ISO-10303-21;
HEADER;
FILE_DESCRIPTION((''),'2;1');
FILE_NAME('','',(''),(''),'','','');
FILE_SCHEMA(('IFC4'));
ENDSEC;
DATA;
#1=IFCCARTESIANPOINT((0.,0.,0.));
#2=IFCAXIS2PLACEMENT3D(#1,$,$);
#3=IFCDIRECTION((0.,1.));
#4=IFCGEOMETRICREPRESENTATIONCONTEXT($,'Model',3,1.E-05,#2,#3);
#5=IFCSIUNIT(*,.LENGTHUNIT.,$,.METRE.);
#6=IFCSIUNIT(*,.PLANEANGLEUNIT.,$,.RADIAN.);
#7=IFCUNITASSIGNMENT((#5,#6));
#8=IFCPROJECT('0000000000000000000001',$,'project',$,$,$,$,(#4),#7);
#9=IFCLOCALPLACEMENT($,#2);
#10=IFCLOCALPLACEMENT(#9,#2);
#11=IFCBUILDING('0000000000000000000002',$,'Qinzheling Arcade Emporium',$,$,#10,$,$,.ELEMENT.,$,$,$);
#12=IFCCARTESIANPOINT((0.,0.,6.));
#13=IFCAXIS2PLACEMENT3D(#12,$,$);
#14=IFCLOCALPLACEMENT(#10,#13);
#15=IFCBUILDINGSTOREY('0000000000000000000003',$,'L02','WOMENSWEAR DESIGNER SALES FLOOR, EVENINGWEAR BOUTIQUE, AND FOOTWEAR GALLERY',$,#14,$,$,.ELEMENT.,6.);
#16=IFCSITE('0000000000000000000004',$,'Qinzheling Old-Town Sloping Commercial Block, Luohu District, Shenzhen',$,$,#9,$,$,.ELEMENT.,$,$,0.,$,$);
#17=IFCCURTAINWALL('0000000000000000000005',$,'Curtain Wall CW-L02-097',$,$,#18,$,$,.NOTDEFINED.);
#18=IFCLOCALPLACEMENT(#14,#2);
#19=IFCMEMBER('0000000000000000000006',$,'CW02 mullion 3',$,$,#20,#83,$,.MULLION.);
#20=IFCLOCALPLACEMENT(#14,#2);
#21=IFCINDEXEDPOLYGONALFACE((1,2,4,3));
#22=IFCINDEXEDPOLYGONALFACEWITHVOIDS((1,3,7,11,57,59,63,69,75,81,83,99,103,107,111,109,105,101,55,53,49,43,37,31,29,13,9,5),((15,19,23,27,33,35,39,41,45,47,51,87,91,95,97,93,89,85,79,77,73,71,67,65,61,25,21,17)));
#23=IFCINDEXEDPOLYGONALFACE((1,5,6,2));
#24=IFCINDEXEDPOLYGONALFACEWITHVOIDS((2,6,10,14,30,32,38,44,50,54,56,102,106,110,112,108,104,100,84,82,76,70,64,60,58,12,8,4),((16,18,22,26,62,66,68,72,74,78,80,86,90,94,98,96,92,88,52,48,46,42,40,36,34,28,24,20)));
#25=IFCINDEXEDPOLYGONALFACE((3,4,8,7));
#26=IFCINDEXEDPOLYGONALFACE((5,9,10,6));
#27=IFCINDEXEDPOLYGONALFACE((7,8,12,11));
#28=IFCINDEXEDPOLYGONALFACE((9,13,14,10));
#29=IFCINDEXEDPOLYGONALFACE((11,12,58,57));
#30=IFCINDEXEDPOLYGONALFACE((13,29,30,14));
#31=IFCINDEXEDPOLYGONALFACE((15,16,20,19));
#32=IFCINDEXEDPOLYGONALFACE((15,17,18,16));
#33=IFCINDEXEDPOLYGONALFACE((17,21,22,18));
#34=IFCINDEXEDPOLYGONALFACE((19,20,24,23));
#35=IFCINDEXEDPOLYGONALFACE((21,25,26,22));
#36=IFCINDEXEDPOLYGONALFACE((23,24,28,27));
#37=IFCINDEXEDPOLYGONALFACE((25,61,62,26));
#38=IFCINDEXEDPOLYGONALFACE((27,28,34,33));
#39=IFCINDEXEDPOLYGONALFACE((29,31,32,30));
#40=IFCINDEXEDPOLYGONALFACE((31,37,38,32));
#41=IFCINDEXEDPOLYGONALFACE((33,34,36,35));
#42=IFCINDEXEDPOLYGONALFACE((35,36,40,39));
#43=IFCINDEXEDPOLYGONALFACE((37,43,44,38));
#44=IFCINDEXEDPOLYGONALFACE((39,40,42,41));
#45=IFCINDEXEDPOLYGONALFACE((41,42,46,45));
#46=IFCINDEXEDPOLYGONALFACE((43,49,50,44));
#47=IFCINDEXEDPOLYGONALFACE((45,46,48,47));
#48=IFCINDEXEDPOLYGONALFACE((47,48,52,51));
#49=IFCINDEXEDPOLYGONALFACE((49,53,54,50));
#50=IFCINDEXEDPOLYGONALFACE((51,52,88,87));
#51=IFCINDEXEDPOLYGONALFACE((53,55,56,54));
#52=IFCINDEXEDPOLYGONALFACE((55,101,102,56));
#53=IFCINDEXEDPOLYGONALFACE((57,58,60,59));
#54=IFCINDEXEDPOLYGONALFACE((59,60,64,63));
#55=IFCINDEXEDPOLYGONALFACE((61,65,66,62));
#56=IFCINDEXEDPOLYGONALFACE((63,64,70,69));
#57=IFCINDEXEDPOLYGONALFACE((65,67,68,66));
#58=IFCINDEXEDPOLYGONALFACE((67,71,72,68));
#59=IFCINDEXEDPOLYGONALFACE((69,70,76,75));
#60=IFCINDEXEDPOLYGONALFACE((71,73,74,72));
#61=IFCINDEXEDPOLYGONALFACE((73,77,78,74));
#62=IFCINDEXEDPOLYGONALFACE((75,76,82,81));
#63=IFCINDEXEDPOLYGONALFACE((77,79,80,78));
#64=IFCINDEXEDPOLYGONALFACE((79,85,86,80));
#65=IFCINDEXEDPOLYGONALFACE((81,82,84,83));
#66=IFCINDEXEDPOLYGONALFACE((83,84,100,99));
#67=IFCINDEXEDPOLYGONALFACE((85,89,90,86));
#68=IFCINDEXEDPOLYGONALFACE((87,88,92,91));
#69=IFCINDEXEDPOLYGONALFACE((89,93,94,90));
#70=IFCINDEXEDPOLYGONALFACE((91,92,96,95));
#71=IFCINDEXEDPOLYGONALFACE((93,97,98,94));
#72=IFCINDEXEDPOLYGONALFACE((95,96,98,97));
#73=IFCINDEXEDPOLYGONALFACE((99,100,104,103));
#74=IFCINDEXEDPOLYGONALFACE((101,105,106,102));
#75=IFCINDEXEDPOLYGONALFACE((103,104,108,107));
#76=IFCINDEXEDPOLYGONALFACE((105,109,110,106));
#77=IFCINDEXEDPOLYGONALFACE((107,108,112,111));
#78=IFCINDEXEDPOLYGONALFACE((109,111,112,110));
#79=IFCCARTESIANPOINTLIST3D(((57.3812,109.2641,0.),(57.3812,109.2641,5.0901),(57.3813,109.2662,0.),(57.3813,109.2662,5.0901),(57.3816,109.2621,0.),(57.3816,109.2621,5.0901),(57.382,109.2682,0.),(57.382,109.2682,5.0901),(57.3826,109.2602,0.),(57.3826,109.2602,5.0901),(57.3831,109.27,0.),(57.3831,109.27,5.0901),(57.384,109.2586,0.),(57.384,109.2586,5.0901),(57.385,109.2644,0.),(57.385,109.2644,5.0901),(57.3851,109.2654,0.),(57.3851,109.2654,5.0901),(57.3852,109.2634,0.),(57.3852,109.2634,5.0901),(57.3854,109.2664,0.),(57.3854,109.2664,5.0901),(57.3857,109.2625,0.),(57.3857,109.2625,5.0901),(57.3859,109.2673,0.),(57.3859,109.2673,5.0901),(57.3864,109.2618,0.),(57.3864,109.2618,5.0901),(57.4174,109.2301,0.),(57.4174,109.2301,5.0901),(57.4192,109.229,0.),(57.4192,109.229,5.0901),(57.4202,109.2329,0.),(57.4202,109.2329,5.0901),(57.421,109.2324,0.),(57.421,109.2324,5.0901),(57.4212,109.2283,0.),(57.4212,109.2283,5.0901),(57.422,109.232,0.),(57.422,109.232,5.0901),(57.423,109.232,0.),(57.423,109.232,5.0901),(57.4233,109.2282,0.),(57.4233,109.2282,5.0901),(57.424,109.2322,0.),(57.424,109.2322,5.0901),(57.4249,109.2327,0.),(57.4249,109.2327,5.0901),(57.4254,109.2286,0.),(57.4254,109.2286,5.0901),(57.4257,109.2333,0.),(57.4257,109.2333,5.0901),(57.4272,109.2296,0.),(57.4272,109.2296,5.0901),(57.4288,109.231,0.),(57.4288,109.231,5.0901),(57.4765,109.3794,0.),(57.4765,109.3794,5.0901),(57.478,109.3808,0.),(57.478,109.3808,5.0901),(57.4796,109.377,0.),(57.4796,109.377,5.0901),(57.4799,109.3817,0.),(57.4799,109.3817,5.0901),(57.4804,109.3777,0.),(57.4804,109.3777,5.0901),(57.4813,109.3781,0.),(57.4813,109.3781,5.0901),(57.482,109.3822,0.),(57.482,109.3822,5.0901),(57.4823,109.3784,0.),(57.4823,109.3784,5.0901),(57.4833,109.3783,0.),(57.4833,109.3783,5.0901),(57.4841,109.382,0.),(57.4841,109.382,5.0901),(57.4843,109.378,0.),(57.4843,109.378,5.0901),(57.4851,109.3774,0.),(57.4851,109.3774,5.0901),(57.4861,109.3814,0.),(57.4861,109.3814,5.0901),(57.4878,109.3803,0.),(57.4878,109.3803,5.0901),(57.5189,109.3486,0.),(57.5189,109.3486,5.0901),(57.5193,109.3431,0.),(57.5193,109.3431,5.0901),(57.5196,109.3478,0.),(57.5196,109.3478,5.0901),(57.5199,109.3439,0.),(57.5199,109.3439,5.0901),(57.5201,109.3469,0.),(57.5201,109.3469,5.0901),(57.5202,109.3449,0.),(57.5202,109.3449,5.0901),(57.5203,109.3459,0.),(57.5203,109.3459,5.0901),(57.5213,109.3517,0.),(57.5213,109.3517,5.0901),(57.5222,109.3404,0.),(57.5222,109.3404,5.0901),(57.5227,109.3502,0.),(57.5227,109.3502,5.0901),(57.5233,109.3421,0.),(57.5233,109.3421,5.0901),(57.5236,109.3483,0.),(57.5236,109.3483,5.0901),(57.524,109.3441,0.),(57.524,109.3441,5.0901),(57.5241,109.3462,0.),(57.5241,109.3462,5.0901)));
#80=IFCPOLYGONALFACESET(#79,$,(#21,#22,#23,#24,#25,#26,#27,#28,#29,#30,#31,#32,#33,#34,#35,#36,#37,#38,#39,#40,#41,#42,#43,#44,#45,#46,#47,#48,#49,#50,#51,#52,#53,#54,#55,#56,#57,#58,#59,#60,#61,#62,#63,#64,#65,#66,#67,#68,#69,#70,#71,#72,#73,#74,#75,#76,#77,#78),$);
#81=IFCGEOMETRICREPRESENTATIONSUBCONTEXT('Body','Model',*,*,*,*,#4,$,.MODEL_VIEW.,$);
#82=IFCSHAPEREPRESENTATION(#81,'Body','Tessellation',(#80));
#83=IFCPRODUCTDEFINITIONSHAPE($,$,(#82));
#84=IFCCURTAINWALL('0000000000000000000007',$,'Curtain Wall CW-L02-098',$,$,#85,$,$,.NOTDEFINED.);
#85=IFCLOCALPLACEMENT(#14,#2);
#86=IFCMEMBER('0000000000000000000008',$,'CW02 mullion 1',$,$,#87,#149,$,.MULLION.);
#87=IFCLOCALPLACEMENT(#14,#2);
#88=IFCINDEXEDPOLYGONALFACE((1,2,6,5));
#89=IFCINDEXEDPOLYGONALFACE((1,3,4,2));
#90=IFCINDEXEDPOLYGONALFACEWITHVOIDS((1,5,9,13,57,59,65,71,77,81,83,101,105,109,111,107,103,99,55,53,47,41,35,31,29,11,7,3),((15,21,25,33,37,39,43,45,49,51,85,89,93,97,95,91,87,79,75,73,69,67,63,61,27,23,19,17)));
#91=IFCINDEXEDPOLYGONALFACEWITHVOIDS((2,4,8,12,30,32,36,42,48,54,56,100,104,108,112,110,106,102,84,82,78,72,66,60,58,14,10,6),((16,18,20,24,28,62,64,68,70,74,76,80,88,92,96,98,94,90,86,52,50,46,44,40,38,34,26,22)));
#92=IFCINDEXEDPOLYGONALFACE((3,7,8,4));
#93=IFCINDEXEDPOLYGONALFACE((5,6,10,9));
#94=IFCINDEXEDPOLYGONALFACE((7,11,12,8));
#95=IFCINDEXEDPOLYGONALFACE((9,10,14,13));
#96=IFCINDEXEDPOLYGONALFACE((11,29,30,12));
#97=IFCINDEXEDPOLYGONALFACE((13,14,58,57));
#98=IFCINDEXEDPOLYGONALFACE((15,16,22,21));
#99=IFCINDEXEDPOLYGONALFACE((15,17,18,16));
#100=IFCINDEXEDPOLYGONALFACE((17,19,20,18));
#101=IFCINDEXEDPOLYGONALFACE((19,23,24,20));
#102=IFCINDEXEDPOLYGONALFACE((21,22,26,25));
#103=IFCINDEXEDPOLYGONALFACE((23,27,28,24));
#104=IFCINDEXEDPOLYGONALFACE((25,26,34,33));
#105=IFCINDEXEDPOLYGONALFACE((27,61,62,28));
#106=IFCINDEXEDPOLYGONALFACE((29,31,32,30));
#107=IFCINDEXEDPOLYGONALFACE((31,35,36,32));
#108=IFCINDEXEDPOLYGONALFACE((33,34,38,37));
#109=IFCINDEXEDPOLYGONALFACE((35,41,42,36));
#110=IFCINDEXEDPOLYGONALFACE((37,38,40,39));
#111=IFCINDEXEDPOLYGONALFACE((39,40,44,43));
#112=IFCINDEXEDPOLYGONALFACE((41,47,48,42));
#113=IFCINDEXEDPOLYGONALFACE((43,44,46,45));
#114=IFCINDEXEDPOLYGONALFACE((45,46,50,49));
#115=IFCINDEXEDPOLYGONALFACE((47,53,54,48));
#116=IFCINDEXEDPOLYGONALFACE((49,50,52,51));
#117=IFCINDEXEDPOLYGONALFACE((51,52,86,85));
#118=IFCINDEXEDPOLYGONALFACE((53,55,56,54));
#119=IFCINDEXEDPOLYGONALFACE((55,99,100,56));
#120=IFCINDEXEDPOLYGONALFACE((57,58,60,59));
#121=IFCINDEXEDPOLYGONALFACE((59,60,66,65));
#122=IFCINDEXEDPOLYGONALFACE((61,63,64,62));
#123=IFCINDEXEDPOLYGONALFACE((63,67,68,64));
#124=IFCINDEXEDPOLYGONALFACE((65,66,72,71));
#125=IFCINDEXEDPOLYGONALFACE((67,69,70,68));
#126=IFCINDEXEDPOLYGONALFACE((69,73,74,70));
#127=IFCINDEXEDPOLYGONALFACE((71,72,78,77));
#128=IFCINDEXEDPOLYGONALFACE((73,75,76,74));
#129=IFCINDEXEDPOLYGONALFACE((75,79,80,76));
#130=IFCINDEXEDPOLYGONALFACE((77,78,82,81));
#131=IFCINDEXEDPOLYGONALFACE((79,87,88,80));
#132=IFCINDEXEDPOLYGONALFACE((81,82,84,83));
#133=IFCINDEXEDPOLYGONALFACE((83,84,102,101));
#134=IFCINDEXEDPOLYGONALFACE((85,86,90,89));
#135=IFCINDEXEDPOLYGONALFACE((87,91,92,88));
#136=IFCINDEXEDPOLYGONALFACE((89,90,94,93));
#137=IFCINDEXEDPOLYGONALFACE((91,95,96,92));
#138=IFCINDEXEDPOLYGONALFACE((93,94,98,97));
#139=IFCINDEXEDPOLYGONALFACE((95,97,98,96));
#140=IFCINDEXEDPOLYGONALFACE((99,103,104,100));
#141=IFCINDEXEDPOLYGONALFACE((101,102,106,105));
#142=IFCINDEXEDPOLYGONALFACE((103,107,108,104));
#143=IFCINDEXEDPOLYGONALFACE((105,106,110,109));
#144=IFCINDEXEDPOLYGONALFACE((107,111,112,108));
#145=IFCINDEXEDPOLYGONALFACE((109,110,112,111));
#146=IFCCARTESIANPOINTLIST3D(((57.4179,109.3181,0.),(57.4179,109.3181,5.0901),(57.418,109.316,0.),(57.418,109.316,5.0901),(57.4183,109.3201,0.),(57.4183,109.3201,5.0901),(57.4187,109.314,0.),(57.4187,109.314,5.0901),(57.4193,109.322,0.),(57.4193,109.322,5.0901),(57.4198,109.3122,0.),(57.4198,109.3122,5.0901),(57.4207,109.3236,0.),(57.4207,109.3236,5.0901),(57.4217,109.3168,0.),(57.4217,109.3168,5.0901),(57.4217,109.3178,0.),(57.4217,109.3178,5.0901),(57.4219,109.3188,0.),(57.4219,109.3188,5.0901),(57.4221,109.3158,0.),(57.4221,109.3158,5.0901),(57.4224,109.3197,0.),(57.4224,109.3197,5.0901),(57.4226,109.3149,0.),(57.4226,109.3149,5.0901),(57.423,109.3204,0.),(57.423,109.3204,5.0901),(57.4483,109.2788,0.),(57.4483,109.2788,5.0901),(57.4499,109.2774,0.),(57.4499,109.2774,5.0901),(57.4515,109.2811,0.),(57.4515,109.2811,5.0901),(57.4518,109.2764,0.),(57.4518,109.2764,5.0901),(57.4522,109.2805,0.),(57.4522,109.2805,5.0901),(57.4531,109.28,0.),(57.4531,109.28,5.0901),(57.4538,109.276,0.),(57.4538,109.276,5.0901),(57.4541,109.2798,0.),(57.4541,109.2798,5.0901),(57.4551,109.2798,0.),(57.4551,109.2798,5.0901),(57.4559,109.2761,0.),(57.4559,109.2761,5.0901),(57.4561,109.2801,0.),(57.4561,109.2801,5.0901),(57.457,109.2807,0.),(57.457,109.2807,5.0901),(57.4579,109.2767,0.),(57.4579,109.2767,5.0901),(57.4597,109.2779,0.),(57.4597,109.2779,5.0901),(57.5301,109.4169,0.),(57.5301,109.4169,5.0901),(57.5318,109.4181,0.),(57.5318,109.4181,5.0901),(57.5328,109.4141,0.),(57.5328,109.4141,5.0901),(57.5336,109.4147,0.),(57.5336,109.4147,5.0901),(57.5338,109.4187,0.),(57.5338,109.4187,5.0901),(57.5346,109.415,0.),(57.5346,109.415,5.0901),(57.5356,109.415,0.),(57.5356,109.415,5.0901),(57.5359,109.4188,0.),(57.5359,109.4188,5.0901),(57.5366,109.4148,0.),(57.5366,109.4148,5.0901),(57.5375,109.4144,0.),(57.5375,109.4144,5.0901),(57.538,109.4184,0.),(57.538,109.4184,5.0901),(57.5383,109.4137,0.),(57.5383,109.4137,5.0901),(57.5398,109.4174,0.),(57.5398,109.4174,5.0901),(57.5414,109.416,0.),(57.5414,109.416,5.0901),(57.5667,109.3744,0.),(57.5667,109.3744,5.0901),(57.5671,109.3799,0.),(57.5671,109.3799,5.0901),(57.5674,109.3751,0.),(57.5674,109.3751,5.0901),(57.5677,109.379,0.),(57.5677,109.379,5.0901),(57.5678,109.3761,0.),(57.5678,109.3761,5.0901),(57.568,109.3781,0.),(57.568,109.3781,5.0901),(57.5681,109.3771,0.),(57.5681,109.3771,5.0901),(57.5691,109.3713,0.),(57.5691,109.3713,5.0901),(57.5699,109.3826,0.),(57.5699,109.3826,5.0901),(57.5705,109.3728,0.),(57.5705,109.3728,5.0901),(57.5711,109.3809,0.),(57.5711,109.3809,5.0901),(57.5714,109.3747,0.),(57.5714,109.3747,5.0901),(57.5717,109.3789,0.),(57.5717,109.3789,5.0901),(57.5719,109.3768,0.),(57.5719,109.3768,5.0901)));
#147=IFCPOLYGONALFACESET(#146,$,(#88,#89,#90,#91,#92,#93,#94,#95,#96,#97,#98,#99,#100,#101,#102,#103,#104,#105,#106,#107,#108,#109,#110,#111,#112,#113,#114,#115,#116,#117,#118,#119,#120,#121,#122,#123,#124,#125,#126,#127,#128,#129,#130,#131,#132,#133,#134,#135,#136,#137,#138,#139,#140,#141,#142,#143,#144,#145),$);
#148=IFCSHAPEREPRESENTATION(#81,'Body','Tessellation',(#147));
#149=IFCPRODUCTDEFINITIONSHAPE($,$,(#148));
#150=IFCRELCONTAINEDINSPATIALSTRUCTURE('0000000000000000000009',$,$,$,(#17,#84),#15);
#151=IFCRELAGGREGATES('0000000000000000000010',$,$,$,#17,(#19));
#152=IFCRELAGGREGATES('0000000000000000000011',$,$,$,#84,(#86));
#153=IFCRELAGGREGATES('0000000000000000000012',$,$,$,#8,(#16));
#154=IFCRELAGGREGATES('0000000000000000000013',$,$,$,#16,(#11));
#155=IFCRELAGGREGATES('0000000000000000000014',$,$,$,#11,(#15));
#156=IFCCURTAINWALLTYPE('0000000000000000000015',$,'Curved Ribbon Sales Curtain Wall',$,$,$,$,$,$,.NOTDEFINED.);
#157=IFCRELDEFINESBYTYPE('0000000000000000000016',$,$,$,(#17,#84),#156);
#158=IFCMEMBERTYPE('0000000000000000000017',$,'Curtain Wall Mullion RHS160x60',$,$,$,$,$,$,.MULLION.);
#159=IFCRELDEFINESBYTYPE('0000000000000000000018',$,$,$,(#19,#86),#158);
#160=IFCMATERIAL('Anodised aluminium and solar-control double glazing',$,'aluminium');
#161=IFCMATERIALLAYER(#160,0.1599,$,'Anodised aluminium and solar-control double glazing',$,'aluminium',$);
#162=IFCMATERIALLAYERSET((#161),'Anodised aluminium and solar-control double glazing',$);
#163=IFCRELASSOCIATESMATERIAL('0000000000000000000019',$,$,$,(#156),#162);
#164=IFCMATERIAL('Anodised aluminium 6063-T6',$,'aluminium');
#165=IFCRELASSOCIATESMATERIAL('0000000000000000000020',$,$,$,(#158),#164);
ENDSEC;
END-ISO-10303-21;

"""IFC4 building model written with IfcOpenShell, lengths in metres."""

from ifc_helpers import new_model, si_unit, direction, frame, origin, origin_2d, place, context, subcontext, project, spatial, hollow_rectangle, extrude, material, layer, layer_set, material_profile, profile_set, type_object, element, aggregate, save


model = new_model("IFC4")

# Units and contexts
model_context = context("Model", 3, precision=1e-05, world=origin(), true_north=direction((0.0, 1.0)))
body_context = subcontext(model_context, "Body", "Model", "MODEL_VIEW")
ifc_project = project(units=[si_unit("LENGTHUNIT", "METRE"), si_unit("PLANEANGLEUNIT", "RADIAN")], contexts=[model_context])

# Site, building, storey
site_placement = place(None, origin())
site = spatial("IfcSite", under=ifc_project, at=site_placement, Name="Qinzheling Old-Town Sloping Commercial Block, Luohu District, Shenzhen", CompositionType="ELEMENT", RefElevation=0.0)
building_placement = place(site_placement, origin())
building = spatial("IfcBuilding", under=site, at=building_placement, Name="Qinzheling Arcade Emporium", CompositionType="ELEMENT")
storey_placement = place(building_placement, frame((0.0, 0.0, 6.0)))
storey = spatial("IfcBuildingStorey", under=building, at=storey_placement, Name="L02", Description="WOMENSWEAR DESIGNER SALES FLOOR, EVENINGWEAR BOUTIQUE, AND FOOTWEAR GALLERY", CompositionType="ELEMENT", Elevation=6.0)

# Curtain wall, member
ifc_material_1 = material(Name="Anodised aluminium and solar-control double glazing", Category="aluminium")
ifc_layer_1 = layer(ifc_material_1, 0.1599, Name="Anodised aluminium and solar-control double glazing", Category="aluminium")
ifc_layer_set_1 = layer_set([ifc_layer_1], Name="Anodised aluminium and solar-control double glazing")
curtain_wall_type = type_object("IfcCurtainWallType", Name="Curved Ribbon Sales Curtain Wall", PredefinedType="NOTDEFINED", material=ifc_layer_set_1)
curtain_wall_1_placement = place(storey_placement, origin())
curtain_wall_1 = element("IfcCurtainWall", 1, at=curtain_wall_1_placement, inside=storey, type_object=curtain_wall_type, Name="Curtain Wall CW-L02-097", PredefinedType="NOTDEFINED")
ifc_material_2 = material(Name="Anodised aluminium 6063-T6", Category="aluminium")
ifc_material_profile_1 = material_profile(ifc_material_2, hollow_rectangle(XDim=0.0601, YDim=0.1599, WallThickness=0.0039, InnerFilletRadius=0.0039, OuterFilletRadius=0.0081, at=origin_2d()), Name="RHS 160x60x4", Category="aluminium")
ifc_profile_set_1 = profile_set([ifc_material_profile_1], Name="Anodised aluminium 6063-T6")
member_type_1 = type_object("IfcMemberType", Name="Curtain Wall Mullion RHS160x60", PredefinedType="MULLION", material=ifc_profile_set_1)
member_1_placement = place(storey_placement, frame((57.4526, 109.3052, 0.0), z_axis=(0.0, 0.0, 1.0), x_axis=(-0.760505, 0.649332, 0.0)))
member_1 = element("IfcMember", 2, at=member_1_placement, type_object=member_type_1, Name="CW02 mullion 3", PredefinedType="MULLION", context=body_context, shape_type="SweptSolid", body=[
    extrude(hollow_rectangle(XDim=0.0601, YDim=0.1599, WallThickness=0.0039, InnerFilletRadius=0.0039, OuterFilletRadius=0.0081, at=origin_2d()), origin(), (0.0, 0.0, 1.0), 5.0901),
])

# Curtain wall, member
curtain_wall_2_placement = place(storey_placement, origin())
curtain_wall_2 = element("IfcCurtainWall", 3, at=curtain_wall_2_placement, inside=storey, type_object=curtain_wall_type, Name="Curtain Wall CW-L02-098", PredefinedType="NOTDEFINED")
member_2_placement = place(storey_placement, frame((57.4949, 109.3474, 0.0), z_axis=(0.0, 0.0, 1.0), x_axis=(-0.649332, 0.760505, 0.0)))
member_2 = element("IfcMember", 4, at=member_2_placement, type_object=member_type_1, Name="CW02 mullion 1", PredefinedType="MULLION", context=body_context, shape_type="SweptSolid", body=[
    extrude(hollow_rectangle(XDim=0.0601, YDim=0.1599, WallThickness=0.0039, InnerFilletRadius=0.0039, OuterFilletRadius=0.0081, at=origin_2d()), origin(), (0.0, 0.0, 1.0), 5.0901),
])

aggregate(curtain_wall_1, [member_1])
aggregate(curtain_wall_2, [member_2])

save(model, "model.ifc")
